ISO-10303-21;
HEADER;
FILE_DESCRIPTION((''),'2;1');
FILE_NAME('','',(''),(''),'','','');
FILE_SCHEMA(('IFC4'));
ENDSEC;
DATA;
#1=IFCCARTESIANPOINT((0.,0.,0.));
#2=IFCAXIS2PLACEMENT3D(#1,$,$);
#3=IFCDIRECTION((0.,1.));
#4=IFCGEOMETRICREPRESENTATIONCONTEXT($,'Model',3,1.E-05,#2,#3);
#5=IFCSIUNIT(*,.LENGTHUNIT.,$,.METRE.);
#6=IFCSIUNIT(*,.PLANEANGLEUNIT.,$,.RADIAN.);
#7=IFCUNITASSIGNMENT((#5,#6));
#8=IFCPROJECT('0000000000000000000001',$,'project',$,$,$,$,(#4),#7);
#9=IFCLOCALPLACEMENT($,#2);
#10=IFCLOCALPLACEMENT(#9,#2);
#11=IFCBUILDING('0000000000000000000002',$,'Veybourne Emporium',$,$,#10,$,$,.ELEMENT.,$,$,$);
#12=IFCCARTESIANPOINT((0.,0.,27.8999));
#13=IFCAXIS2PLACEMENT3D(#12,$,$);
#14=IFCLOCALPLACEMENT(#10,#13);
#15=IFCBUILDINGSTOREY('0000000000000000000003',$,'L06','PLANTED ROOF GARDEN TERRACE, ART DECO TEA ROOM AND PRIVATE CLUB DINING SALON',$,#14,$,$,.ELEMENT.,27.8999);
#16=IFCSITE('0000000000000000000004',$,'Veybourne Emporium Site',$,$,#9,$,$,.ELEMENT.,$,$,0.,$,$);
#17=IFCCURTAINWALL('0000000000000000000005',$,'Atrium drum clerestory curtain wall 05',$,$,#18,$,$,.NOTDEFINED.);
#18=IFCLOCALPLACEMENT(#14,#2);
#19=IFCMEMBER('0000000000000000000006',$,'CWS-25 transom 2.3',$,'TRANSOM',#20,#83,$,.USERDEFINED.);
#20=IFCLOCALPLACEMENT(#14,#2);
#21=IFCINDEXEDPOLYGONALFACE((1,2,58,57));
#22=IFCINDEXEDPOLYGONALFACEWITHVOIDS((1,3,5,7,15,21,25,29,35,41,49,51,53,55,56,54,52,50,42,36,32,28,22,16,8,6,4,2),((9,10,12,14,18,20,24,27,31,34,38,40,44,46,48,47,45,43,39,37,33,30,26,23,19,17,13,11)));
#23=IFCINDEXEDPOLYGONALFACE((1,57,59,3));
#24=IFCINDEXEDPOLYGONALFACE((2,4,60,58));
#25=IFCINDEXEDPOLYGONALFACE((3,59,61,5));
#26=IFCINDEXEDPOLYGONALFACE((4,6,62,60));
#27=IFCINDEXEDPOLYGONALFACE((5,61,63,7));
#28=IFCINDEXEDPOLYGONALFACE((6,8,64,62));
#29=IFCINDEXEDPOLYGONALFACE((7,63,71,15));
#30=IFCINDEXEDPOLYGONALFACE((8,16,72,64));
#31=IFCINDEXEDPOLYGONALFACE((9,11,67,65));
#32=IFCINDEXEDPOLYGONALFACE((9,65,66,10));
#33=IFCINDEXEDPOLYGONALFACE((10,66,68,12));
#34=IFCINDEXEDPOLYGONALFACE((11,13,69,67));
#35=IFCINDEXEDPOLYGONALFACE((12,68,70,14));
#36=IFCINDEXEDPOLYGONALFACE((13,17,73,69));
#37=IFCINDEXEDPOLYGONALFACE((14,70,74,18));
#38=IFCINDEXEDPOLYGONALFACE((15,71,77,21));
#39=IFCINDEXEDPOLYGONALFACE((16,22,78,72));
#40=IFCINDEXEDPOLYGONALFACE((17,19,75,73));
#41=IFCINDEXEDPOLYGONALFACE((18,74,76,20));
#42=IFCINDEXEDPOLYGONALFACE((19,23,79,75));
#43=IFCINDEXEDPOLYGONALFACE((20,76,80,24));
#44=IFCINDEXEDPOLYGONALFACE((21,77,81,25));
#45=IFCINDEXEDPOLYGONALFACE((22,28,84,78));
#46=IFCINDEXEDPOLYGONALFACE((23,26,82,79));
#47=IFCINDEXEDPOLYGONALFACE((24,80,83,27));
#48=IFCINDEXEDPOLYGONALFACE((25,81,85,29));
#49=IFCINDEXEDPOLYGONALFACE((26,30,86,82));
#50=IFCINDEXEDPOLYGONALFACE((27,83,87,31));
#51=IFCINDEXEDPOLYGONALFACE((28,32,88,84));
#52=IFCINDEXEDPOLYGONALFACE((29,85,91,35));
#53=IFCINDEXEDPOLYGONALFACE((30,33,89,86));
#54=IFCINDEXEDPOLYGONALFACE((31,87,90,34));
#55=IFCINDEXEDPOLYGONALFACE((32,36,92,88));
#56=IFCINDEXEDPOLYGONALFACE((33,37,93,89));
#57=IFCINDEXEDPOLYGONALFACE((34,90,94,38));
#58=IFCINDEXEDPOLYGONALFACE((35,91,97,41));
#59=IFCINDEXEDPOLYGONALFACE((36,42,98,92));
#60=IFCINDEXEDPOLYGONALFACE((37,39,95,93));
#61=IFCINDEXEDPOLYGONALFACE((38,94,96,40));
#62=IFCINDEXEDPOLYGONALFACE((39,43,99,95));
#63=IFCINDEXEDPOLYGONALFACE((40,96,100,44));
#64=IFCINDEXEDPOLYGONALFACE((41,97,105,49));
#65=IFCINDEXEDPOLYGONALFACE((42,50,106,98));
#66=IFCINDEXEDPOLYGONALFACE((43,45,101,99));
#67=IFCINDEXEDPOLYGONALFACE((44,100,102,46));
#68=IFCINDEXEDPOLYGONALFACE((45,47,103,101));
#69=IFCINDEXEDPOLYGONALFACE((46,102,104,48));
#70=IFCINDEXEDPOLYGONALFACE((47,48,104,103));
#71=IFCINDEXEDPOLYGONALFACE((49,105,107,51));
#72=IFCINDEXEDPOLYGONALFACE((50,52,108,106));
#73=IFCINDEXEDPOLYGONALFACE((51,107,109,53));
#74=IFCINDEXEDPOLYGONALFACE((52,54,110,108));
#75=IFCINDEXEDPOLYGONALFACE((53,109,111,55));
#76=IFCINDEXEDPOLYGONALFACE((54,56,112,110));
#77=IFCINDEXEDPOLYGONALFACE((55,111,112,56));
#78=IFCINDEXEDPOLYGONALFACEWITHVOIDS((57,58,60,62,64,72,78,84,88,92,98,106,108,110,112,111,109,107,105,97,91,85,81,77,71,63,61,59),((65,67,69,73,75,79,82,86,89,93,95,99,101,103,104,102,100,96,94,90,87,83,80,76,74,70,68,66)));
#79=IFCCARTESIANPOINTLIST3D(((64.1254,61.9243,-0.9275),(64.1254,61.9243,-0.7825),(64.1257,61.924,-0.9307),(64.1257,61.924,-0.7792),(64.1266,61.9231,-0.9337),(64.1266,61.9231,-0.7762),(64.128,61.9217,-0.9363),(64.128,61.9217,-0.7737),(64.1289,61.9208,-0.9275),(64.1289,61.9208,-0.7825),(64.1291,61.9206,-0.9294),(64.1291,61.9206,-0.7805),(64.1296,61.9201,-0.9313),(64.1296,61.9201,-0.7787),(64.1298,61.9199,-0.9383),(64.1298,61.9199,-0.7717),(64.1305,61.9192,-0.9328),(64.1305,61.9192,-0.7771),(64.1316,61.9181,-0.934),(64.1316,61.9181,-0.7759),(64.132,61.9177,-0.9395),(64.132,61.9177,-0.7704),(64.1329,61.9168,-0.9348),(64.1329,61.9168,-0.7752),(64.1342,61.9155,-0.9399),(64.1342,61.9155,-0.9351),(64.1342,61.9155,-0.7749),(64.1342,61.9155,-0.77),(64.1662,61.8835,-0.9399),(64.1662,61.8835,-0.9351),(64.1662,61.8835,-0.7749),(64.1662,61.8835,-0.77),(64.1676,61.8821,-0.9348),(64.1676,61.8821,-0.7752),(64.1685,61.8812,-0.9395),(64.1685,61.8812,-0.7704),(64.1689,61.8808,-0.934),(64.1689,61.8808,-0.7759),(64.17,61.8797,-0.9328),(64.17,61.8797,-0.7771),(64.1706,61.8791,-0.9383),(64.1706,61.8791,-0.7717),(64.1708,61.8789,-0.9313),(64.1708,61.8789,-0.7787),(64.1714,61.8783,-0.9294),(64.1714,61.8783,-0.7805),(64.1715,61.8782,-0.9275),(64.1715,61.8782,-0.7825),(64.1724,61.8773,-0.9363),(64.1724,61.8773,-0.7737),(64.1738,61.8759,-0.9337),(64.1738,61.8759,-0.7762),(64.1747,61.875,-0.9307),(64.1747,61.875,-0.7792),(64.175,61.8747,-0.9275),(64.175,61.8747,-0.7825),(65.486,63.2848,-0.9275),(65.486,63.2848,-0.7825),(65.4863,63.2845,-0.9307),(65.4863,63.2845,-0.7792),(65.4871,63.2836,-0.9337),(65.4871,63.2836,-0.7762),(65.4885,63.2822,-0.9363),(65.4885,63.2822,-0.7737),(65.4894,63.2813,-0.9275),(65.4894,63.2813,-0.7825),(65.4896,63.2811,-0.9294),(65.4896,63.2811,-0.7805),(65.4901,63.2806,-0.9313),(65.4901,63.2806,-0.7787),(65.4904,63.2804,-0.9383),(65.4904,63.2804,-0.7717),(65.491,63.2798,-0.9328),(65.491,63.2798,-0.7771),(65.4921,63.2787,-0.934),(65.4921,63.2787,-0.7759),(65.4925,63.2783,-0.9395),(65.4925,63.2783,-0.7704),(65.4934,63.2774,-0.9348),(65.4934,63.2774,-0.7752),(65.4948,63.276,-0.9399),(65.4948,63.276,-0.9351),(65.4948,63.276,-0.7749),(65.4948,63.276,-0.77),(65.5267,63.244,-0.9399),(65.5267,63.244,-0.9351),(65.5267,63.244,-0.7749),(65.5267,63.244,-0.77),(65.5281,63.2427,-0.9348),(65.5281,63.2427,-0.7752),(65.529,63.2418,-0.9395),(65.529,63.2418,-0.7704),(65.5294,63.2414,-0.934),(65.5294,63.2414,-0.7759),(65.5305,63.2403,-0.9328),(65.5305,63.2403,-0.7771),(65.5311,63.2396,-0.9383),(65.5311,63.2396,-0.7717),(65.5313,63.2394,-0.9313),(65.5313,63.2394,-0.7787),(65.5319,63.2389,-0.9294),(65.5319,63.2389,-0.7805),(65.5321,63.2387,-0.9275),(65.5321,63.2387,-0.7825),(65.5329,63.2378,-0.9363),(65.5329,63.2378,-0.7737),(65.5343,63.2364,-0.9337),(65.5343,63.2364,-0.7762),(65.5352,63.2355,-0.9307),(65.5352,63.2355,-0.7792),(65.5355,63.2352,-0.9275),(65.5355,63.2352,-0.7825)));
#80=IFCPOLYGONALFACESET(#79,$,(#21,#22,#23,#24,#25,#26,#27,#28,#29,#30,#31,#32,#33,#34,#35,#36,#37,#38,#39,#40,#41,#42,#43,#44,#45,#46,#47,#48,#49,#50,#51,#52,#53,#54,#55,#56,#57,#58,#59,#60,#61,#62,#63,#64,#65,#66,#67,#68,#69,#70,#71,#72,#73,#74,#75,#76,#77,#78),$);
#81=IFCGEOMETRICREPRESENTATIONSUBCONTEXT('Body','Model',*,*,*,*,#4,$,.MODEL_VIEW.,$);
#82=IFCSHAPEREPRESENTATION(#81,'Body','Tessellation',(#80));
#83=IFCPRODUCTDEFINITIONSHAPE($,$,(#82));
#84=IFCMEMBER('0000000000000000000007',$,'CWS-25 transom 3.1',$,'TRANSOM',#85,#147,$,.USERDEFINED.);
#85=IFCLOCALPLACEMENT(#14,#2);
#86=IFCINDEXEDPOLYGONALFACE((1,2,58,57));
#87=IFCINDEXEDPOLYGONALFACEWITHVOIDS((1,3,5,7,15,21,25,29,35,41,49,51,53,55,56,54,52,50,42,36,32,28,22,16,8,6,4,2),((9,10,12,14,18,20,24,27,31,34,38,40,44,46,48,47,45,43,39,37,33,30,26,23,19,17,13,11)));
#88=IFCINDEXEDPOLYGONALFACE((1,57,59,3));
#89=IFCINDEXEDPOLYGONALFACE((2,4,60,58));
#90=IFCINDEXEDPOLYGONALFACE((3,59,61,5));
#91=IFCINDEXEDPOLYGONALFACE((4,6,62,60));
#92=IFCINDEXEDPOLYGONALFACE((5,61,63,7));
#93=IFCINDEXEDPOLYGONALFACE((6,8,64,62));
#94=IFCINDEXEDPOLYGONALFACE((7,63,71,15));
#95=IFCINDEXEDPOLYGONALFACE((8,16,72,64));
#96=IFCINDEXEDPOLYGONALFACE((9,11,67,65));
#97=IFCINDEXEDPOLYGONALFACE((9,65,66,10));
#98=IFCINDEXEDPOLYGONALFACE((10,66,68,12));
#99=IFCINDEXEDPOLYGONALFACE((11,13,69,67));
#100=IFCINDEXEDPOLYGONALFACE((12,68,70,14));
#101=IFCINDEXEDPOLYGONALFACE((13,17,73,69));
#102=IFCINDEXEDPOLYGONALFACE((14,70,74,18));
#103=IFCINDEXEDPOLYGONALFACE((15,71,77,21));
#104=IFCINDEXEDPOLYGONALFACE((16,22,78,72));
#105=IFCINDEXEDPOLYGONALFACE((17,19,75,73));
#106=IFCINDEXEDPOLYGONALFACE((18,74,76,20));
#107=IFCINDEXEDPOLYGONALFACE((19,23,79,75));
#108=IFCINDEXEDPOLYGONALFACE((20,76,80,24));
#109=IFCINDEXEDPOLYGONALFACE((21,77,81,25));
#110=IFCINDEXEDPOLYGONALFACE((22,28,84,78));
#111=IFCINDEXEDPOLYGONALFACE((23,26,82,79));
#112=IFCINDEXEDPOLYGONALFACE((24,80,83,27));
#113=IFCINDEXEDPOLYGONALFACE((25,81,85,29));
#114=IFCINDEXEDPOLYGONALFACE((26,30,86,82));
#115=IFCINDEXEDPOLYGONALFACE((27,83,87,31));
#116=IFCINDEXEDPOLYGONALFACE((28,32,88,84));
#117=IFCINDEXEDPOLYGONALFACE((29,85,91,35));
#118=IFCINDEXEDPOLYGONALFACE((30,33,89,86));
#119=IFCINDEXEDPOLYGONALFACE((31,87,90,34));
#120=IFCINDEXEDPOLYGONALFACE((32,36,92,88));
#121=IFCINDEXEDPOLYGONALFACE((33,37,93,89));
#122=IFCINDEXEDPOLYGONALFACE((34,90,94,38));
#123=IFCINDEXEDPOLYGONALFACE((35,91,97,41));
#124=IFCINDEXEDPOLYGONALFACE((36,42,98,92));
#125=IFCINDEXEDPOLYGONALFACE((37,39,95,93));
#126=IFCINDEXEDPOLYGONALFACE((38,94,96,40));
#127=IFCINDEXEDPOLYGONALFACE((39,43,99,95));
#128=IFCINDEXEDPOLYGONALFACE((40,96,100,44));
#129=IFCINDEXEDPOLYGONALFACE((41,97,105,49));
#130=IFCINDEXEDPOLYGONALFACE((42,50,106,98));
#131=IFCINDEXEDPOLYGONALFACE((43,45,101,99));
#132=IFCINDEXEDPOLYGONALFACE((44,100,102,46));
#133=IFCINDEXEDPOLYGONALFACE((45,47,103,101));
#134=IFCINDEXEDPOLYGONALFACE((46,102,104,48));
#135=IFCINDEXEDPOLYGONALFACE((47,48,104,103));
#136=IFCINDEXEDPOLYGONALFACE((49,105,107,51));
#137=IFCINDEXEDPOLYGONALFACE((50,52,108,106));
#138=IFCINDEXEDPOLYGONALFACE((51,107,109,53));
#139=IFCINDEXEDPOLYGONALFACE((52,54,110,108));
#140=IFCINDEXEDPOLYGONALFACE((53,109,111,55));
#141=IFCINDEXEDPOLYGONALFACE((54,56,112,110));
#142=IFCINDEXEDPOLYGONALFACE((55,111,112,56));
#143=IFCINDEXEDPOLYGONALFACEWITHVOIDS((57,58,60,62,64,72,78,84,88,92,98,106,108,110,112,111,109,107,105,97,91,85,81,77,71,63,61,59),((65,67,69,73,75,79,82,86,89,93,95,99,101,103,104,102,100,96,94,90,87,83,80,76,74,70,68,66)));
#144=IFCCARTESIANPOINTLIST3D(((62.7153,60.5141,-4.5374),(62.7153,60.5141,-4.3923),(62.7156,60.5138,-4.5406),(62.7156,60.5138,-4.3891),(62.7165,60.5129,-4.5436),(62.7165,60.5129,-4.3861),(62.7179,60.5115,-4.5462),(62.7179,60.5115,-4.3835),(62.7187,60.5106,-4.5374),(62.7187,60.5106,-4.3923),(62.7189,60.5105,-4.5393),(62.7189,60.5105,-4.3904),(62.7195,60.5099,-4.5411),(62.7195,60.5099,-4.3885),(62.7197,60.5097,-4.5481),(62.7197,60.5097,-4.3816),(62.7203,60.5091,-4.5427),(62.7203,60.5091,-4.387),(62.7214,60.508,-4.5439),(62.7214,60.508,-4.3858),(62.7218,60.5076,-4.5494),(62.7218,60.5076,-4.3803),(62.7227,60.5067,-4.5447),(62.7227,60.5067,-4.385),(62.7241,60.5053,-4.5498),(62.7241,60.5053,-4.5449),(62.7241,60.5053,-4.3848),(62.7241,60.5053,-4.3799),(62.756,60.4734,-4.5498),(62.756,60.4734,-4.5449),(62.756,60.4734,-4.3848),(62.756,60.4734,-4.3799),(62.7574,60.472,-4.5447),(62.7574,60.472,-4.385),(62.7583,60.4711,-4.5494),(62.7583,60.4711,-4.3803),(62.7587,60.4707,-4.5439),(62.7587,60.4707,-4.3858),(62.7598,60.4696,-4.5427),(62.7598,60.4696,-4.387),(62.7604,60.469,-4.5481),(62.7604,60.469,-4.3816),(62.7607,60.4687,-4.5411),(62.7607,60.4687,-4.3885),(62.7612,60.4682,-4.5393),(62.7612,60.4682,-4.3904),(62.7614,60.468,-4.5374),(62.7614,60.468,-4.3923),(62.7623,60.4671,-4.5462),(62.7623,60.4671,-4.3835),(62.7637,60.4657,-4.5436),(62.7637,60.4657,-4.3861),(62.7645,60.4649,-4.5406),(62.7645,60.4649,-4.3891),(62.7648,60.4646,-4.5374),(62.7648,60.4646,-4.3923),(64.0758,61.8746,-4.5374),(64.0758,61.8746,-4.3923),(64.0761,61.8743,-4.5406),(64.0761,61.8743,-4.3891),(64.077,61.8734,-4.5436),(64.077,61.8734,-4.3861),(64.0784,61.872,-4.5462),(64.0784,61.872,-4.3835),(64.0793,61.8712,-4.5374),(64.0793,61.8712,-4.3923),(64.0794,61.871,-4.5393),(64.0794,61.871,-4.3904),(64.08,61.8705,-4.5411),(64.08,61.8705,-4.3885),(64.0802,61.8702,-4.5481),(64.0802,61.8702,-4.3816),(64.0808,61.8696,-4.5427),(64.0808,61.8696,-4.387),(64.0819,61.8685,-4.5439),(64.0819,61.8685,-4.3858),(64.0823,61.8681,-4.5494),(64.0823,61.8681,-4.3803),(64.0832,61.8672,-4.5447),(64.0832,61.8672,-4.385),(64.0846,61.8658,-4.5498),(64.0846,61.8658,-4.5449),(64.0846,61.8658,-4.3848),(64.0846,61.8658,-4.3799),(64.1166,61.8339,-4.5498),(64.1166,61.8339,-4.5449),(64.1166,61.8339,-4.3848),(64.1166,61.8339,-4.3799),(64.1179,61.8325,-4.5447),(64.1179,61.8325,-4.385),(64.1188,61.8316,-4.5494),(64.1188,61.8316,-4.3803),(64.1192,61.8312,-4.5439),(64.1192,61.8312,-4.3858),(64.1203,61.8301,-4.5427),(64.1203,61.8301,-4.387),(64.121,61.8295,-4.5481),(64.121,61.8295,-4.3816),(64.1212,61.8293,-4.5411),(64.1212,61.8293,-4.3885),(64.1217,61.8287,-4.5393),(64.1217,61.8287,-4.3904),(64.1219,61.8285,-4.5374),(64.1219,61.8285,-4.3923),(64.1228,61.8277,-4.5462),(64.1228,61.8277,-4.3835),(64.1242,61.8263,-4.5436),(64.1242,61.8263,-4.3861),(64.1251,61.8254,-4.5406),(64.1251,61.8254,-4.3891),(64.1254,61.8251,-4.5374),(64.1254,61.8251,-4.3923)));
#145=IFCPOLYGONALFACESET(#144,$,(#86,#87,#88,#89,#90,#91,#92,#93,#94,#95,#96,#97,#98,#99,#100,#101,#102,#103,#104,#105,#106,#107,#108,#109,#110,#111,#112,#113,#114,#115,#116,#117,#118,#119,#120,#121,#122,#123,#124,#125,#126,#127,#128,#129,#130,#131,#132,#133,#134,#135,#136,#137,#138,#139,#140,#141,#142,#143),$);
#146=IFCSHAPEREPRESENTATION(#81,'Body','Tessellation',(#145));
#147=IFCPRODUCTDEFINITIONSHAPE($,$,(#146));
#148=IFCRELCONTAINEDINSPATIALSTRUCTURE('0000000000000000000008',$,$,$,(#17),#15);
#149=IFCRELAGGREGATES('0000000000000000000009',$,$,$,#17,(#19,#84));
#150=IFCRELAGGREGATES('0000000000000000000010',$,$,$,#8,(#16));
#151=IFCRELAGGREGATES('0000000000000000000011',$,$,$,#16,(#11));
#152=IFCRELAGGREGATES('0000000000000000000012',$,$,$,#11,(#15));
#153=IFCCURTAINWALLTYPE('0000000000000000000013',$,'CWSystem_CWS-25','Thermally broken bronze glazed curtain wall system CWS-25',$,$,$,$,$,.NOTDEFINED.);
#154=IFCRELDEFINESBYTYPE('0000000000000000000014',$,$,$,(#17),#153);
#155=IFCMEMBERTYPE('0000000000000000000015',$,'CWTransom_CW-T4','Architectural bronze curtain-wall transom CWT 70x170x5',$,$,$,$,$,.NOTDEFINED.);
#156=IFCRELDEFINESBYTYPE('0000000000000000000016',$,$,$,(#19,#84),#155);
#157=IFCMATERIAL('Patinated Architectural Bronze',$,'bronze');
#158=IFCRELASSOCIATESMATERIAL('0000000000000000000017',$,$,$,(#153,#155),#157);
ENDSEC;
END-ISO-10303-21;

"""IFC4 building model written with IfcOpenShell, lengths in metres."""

from ifc_helpers import new_model, si_unit, direction, frame, origin, origin_2d, place, context, subcontext, project, spatial, hollow_rectangle, extrude, material, material_profile, profile_set, type_object, element, aggregate, save


model = new_model("IFC4")

# Units and contexts
model_context = context("Model", 3, precision=1e-05, world=origin(), true_north=direction((0.0, 1.0)))
body_context = subcontext(model_context, "Body", "Model", "MODEL_VIEW")
ifc_project = project(units=[si_unit("LENGTHUNIT", "METRE"), si_unit("PLANEANGLEUNIT", "RADIAN")], contexts=[model_context])

# Site, building, storey
site_placement = place(None, origin())
site = spatial("IfcSite", under=ifc_project, at=site_placement, Name="Veybourne Emporium Site", CompositionType="ELEMENT", RefElevation=0.0)
building_placement = place(site_placement, origin())
building = spatial("IfcBuilding", under=site, at=building_placement, Name="Veybourne Emporium", CompositionType="ELEMENT")
storey_placement = place(building_placement, frame((0.0, 0.0, 27.8999)))
storey = spatial("IfcBuildingStorey", under=building, at=storey_placement, Name="L06", Description="PLANTED ROOF GARDEN TERRACE, ART DECO TEA ROOM AND PRIVATE CLUB DINING SALON", CompositionType="ELEMENT", Elevation=27.8999)

# Curtain wall
ifc_material_1 = material(Name="Patinated Architectural Bronze", Category="bronze")
curtain_wall_type_1 = type_object("IfcCurtainWallType", Name="CWSystem_CWS-25", Description="Thermally broken bronze glazed curtain wall system CWS-25", PredefinedType="NOTDEFINED", material=ifc_material_1)
curtain_wall_1_placement = place(storey_placement, origin())
curtain_wall_1 = element("IfcCurtainWall", 1, at=curtain_wall_1_placement, inside=storey, type_object=curtain_wall_type_1, Name="Atrium drum clerestory curtain wall 05", PredefinedType="NOTDEFINED")

# Members
ifc_material_profile_1 = material_profile(ifc_material_1, hollow_rectangle(XDim=0.0701, YDim=0.1699, WallThickness=0.0049, InnerFilletRadius=0.0076, OuterFilletRadius=0.0125, at=origin_2d()), Name="CWT 70x170x5")
ifc_profile_set_1 = profile_set([ifc_material_profile_1], Name="Patinated Architectural Bronze")
member_type_1 = type_object("IfcMemberType", Name="CWTransom_CW-T4", Description="Architectural bronze curtain-wall transom CWT 70x170x5", PredefinedType="NOTDEFINED", material=ifc_profile_set_1)
member_1_placement = place(storey_placement, frame((65.5107, 63.26, -0.855), z_axis=(-0.707107, -0.707107, 0.0), x_axis=(0.707107, -0.707107, 0.0)))
member_1 = element("IfcMember", 2, at=member_1_placement, type_object=member_type_1, Name="CWS-25 transom 2.3", ObjectType="TRANSOM", PredefinedType="USERDEFINED", context=body_context, shape_type="SweptSolid", body=[
    extrude(hollow_rectangle(XDim=0.0701, YDim=0.1699, WallThickness=0.0049, InnerFilletRadius=0.0076, OuterFilletRadius=0.0125, at=origin_2d()), origin(), (0.0, 0.0, 1.0), 1.9241),
])
member_2_placement = place(storey_placement, frame((64.1006, 61.8499, -4.4648), z_axis=(-0.707107, -0.707107, 0.0), x_axis=(0.707107, -0.707107, 0.0)))
member_2 = element("IfcMember", 3, at=member_2_placement, type_object=member_type_1, Name="CWS-25 transom 3.1", ObjectType="TRANSOM", PredefinedType="USERDEFINED", context=body_context, shape_type="SweptSolid", body=[
    extrude(hollow_rectangle(XDim=0.0701, YDim=0.1699, WallThickness=0.0049, InnerFilletRadius=0.0076, OuterFilletRadius=0.0125, at=origin_2d()), origin(), (0.0, 0.0, 1.0), 1.9241),
])

aggregate(curtain_wall_1, [member_1, member_2])

save(model, "model.ifc")
